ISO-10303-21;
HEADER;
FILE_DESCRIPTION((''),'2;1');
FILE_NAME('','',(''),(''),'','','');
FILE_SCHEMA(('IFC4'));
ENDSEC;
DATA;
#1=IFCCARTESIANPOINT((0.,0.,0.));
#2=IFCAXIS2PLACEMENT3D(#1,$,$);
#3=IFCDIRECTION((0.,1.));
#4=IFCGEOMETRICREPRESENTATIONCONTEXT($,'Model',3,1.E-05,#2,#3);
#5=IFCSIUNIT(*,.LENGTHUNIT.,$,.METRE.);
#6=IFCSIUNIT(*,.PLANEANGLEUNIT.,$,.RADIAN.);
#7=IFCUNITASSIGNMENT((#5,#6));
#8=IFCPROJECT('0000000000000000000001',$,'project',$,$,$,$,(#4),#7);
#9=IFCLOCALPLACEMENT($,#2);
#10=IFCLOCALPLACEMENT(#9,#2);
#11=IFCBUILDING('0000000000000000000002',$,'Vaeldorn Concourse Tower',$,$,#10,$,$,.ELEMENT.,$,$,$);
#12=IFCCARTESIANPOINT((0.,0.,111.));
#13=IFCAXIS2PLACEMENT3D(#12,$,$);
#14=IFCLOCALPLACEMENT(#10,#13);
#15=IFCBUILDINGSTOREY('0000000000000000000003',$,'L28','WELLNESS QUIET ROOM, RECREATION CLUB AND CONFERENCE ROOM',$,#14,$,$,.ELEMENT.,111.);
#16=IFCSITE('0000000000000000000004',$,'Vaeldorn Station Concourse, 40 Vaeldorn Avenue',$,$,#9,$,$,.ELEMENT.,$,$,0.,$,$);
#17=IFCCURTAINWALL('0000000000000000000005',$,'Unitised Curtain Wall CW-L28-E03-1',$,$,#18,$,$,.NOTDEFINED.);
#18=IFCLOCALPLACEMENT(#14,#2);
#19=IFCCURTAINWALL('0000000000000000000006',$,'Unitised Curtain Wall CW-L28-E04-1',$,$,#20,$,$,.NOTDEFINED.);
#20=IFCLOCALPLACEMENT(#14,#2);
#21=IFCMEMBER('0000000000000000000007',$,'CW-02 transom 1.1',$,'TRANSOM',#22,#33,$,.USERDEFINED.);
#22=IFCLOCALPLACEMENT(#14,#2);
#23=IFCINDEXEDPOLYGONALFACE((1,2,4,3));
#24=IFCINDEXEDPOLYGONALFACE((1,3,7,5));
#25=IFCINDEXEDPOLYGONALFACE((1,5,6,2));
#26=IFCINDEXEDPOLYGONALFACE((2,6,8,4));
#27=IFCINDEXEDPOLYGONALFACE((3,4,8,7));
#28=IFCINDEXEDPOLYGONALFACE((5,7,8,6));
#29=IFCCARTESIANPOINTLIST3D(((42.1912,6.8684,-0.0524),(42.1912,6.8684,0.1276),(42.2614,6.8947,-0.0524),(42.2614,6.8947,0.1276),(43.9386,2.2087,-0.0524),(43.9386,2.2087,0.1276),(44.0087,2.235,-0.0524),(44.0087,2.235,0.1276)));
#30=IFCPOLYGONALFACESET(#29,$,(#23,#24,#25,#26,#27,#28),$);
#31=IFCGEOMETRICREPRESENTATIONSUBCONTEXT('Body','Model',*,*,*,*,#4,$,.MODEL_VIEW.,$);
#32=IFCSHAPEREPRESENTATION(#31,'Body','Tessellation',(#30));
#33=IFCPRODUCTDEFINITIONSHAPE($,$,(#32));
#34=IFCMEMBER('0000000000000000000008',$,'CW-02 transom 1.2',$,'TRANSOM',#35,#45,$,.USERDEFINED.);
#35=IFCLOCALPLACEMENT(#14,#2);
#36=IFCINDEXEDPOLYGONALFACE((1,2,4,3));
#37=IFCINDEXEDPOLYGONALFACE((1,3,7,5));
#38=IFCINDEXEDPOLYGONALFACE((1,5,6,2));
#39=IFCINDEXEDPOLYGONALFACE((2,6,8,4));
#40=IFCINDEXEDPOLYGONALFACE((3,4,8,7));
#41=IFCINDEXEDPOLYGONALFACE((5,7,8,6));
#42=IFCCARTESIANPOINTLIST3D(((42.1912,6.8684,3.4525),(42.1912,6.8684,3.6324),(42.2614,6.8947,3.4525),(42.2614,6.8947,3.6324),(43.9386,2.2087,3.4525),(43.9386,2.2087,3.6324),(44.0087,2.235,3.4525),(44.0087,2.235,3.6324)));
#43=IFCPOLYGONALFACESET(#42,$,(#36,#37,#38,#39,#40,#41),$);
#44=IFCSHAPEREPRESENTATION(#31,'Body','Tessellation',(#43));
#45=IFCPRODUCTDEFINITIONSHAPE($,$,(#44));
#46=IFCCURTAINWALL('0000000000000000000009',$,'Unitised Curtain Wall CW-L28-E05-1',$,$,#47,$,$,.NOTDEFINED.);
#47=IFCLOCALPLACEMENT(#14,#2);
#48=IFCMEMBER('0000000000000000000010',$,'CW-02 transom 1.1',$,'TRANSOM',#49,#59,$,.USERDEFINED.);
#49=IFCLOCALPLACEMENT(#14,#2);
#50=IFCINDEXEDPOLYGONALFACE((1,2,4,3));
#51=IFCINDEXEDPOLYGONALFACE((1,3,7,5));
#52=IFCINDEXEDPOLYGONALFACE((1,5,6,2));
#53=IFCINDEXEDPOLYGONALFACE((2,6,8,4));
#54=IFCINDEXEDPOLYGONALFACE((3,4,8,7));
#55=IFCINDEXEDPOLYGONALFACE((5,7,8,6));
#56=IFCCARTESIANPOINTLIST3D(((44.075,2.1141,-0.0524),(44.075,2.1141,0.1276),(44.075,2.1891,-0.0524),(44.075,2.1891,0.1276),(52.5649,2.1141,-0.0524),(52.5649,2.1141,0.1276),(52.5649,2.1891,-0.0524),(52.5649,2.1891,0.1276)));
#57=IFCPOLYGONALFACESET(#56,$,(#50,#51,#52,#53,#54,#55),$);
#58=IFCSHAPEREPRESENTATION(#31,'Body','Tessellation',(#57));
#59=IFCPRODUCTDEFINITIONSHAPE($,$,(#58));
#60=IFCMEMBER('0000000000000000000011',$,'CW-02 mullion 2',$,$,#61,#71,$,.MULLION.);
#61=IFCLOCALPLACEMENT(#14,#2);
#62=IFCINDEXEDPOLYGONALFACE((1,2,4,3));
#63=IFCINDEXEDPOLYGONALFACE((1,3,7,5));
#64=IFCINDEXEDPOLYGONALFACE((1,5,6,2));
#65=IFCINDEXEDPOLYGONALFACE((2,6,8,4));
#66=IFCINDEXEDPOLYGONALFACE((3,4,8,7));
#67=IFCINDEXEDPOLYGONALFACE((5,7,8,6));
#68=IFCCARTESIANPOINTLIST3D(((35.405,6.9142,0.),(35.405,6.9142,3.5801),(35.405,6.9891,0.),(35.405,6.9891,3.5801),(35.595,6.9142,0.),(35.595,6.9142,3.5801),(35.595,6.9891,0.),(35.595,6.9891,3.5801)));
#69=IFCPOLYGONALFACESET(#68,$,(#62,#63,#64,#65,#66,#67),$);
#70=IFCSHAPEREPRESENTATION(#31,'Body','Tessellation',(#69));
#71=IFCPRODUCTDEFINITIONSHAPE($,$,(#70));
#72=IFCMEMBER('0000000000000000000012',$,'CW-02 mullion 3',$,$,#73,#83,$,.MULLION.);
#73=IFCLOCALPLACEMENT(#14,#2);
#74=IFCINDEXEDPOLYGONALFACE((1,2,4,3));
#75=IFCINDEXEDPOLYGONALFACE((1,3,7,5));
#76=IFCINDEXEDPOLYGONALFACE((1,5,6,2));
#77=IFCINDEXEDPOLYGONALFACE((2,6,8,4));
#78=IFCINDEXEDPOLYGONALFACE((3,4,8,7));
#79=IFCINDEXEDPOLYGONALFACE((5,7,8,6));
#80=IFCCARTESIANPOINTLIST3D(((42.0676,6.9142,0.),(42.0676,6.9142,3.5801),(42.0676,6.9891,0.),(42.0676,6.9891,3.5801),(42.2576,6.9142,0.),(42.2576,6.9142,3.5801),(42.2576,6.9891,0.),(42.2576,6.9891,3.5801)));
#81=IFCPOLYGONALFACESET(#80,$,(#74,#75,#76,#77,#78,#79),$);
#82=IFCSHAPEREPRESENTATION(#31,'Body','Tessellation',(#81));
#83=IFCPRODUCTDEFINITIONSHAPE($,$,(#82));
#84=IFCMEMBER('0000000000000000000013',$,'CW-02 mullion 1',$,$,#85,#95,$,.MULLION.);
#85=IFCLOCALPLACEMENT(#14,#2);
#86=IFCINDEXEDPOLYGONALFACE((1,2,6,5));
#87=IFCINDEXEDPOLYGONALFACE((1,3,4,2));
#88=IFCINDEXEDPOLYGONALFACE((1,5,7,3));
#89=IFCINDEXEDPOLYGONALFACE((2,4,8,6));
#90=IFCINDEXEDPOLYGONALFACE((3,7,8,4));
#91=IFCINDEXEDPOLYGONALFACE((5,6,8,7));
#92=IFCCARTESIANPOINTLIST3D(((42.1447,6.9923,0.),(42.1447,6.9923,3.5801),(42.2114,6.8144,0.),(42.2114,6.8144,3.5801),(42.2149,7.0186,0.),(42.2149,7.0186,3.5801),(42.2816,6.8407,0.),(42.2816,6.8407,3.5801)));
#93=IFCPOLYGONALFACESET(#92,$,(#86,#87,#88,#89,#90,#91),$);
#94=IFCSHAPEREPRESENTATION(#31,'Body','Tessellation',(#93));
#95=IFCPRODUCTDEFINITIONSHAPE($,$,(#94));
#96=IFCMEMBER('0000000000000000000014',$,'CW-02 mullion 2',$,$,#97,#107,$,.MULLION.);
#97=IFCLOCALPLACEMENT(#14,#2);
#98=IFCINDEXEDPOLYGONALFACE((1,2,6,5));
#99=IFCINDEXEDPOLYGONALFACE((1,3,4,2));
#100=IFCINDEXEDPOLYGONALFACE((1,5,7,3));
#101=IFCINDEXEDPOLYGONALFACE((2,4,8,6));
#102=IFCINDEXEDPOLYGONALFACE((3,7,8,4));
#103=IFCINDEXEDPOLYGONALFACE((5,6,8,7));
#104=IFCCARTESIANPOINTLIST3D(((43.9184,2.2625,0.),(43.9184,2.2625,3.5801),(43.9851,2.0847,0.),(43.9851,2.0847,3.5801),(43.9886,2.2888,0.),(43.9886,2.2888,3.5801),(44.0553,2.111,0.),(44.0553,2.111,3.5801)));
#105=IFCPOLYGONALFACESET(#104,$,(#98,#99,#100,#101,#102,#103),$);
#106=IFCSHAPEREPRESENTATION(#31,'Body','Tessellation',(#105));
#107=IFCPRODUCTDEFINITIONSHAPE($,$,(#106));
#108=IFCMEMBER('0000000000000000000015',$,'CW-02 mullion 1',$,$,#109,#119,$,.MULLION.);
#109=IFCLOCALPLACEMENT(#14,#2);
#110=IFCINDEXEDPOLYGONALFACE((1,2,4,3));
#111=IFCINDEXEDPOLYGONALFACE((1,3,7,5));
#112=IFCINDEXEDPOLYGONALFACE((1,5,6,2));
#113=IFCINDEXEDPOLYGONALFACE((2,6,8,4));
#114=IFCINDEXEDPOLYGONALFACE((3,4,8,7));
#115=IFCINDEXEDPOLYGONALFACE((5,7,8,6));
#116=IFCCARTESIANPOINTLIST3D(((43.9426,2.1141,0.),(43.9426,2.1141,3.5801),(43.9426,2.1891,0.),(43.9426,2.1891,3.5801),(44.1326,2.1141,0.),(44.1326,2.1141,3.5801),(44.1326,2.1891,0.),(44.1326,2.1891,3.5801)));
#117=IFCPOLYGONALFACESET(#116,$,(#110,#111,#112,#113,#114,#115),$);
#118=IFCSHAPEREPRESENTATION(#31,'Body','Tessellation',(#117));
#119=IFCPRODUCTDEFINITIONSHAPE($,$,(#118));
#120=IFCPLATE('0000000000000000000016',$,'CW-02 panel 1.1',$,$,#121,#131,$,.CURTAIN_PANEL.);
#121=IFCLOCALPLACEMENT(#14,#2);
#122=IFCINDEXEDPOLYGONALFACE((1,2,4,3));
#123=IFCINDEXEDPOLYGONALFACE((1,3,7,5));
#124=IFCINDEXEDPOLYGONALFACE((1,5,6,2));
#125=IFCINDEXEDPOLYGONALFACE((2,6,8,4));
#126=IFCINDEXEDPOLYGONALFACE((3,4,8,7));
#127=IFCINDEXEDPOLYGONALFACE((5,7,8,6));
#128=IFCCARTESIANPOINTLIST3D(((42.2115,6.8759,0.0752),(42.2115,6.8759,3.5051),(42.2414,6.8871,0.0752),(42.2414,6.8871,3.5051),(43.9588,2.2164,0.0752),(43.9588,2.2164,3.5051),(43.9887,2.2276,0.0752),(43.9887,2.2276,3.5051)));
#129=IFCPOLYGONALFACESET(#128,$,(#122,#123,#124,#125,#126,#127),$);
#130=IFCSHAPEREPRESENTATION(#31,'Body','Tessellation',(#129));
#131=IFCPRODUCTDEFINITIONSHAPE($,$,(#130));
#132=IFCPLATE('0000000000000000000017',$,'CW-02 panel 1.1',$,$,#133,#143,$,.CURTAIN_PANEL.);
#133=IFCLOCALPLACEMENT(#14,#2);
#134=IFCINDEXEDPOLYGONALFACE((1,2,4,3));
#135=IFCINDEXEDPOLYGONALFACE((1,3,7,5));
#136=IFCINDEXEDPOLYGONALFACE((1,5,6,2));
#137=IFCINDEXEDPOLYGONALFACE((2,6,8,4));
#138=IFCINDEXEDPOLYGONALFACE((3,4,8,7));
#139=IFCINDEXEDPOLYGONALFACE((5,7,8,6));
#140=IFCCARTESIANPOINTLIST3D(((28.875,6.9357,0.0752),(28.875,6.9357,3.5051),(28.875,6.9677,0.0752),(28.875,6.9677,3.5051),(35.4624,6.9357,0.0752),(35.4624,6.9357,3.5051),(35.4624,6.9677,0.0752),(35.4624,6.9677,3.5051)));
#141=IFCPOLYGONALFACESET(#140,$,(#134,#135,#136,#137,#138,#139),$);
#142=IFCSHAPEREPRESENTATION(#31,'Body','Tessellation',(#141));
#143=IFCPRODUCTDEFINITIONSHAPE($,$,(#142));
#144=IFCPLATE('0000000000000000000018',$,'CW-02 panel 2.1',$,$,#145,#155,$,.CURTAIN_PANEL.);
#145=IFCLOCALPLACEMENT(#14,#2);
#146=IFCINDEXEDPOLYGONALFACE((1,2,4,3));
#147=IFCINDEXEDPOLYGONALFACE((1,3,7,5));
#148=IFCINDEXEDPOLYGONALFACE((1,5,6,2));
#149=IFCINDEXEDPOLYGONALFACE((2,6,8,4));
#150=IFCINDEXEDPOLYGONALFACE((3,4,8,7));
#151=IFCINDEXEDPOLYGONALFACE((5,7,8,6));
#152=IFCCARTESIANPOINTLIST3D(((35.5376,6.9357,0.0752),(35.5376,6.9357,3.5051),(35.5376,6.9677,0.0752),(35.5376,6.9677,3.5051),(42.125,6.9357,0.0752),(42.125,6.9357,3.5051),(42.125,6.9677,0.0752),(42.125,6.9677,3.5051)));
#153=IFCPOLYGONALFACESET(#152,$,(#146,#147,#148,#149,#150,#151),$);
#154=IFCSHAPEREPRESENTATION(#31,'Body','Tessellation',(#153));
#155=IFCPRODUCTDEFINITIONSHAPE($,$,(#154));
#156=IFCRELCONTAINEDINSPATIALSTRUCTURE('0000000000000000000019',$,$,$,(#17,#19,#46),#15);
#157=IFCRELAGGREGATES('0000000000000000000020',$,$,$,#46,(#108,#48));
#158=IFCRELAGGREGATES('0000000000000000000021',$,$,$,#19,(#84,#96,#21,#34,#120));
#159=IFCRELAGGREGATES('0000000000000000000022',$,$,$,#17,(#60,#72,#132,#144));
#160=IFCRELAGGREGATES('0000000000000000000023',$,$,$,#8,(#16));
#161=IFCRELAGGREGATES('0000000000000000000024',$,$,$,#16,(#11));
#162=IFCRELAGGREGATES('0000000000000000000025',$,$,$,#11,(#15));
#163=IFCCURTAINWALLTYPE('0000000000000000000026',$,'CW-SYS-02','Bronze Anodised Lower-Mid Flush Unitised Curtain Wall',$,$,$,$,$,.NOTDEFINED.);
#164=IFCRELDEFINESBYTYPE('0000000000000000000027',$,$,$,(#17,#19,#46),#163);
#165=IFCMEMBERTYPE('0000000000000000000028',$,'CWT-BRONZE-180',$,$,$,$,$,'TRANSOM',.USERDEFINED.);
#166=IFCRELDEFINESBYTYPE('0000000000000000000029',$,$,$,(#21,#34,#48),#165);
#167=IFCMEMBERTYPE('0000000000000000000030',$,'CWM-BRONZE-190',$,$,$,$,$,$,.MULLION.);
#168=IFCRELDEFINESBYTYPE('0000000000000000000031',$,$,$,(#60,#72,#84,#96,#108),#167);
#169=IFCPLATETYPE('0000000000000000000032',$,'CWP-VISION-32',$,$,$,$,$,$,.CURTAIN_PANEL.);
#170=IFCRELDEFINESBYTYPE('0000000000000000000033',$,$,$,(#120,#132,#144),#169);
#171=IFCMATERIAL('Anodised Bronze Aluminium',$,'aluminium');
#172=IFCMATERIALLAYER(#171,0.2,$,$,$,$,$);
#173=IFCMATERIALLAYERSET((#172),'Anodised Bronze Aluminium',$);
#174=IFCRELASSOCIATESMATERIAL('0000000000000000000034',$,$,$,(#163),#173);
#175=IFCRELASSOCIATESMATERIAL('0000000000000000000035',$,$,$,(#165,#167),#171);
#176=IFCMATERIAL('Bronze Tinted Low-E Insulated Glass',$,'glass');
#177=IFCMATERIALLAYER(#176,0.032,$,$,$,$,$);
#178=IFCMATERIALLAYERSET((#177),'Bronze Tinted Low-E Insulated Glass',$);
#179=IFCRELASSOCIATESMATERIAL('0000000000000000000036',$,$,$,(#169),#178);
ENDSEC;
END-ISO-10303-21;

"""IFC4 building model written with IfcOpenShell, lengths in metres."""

from ifc_helpers import new_model, si_unit, direction, frame, origin, origin_2d, place, context, subcontext, project, spatial, rectangle, extrude, source, transform, mapped, material, layer, layer_set, material_profile, profile_set, type_object, element, aggregate, save


model = new_model("IFC4")

# Units and contexts
model_context = context("Model", 3, precision=1e-05, world=origin(), true_north=direction((0.0, 1.0)))
body_context = subcontext(model_context, "Body", "Model", "MODEL_VIEW")
ifc_project = project(units=[si_unit("LENGTHUNIT", "METRE"), si_unit("PLANEANGLEUNIT", "RADIAN")], contexts=[model_context])

# Site, building, storey
site_placement = place(None, origin())
site = spatial("IfcSite", under=ifc_project, at=site_placement, Name="Vaeldorn Station Concourse, 40 Vaeldorn Avenue", CompositionType="ELEMENT", RefElevation=0.0)
building_placement = place(site_placement, origin())
building = spatial("IfcBuilding", under=site, at=building_placement, Name="Vaeldorn Concourse Tower", CompositionType="ELEMENT")
storey_placement = place(building_placement, frame((0.0, 0.0, 111.0)))
storey = spatial("IfcBuildingStorey", under=building, at=storey_placement, Name="L28", Description="WELLNESS QUIET ROOM, RECREATION CLUB AND CONFERENCE ROOM", CompositionType="ELEMENT", Elevation=111.0)

# Curtain walls, members
ifc_material_1 = material(Name="Anodised Bronze Aluminium", Category="aluminium")
ifc_layer_1 = layer(ifc_material_1, 0.2)
ifc_layer_set_1 = layer_set([ifc_layer_1], Name="Anodised Bronze Aluminium")
curtain_wall_type = type_object("IfcCurtainWallType", Name="CW-SYS-02", Description="Bronze Anodised Lower-Mid Flush Unitised Curtain Wall", PredefinedType="NOTDEFINED", material=ifc_layer_set_1)
curtain_wall_1_placement = place(storey_placement, origin())
curtain_wall_1 = element("IfcCurtainWall", 1, at=curtain_wall_1_placement, inside=storey, type_object=curtain_wall_type, Name="Unitised Curtain Wall CW-L28-E03-1", PredefinedType="NOTDEFINED")
ifc_material_profile_1 = material_profile(ifc_material_1, rectangle(XDim=0.075, YDim=0.1799, at=origin_2d()), Name="CWT 75x180")
ifc_profile_set_1 = profile_set([ifc_material_profile_1], Name="Anodised Bronze Aluminium")
member_type_1 = type_object("IfcMemberType", Name="CWT-BRONZE-180", ElementType="TRANSOM", PredefinedType="USERDEFINED", material=ifc_profile_set_1)
curtain_wall_2_placement = place(storey_placement, origin())
curtain_wall_2 = element("IfcCurtainWall", 2, at=curtain_wall_2_placement, inside=storey, type_object=curtain_wall_type, Name="Unitised Curtain Wall CW-L28-E04-1", PredefinedType="NOTDEFINED")
shared_shape_1 = source(origin(), body_context, "Body", "SweptSolid", [
    extrude(rectangle(XDim=0.075, YDim=0.1799, at=origin_2d()), origin(), (0.0, 0.0, 1.0), 4.9766),
])
member_1_placement = place(storey_placement, frame((42.2263, 6.8816, 0.0376), z_axis=(0.351113, -0.936333, 0.0), x_axis=(0.936333, 0.351113, 0.0)))
member_1 = element("IfcMember", 3, at=member_1_placement, type_object=member_type_1, Name="CW-02 transom 1.1", ObjectType="TRANSOM", PredefinedType="USERDEFINED", context=body_context, shape_type="MappedRepresentation", body=[
    mapped(shared_shape_1, transform((0.0, 0.0, 0.0), scale=1.0)),
])
member_2_placement = place(storey_placement, frame((42.2263, 6.8816, 3.5425), z_axis=(0.351113, -0.936333, 0.0), x_axis=(0.936333, 0.351113, 0.0)))
member_2 = element("IfcMember", 4, at=member_2_placement, type_object=member_type_1, Name="CW-02 transom 1.2", ObjectType="TRANSOM", PredefinedType="USERDEFINED", context=body_context, shape_type="MappedRepresentation", body=[
    mapped(shared_shape_1, transform((0.0, 0.0, 0.0), scale=1.0)),
])

# Curtain wall, member
curtain_wall_3_placement = place(storey_placement, origin())
curtain_wall_3 = element("IfcCurtainWall", 5, at=curtain_wall_3_placement, inside=storey, type_object=curtain_wall_type, Name="Unitised Curtain Wall CW-L28-E05-1", PredefinedType="NOTDEFINED")
shared_shape_2 = source(origin(), body_context, "Body", "SweptSolid", [
    extrude(rectangle(XDim=0.075, YDim=0.1799, at=origin_2d()), origin(), (0.0, 0.0, 1.0), 8.49),
])
member_3_placement = place(storey_placement, frame((44.075, 2.1516, 0.0376), z_axis=(1.0, 0.0, 0.0), x_axis=(0.0, 1.0, 0.0)))
member_3 = element("IfcMember", 6, at=member_3_placement, type_object=member_type_1, Name="CW-02 transom 1.1", ObjectType="TRANSOM", PredefinedType="USERDEFINED", context=body_context, shape_type="MappedRepresentation", body=[
    mapped(shared_shape_2, transform((0.0, 0.0, 0.0), scale=1.0)),
])

# Members
ifc_material_profile_2 = material_profile(ifc_material_1, rectangle(XDim=0.075, YDim=0.1899, at=origin_2d()), Name="CWM 75x190")
ifc_profile_set_2 = profile_set([ifc_material_profile_2], Name="Anodised Bronze Aluminium")
member_type_2 = type_object("IfcMemberType", Name="CWM-BRONZE-190", PredefinedType="MULLION", material=ifc_profile_set_2)
shared_shape_3 = source(origin(), body_context, "Body", "SweptSolid", [
    extrude(rectangle(XDim=0.075, YDim=0.1899, at=origin_2d()), origin(), (0.0, 0.0, 1.0), 3.5801),
])
member_4_placement = place(storey_placement, frame((35.5, 6.9517, 0.0), z_axis=(0.0, 0.0, 1.0), x_axis=(0.0, 1.0, 0.0)))
member_4 = element("IfcMember", 7, at=member_4_placement, type_object=member_type_2, Name="CW-02 mullion 2", PredefinedType="MULLION", context=body_context, shape_type="MappedRepresentation", body=[
    mapped(shared_shape_3, transform((0.0, 0.0, 0.0), scale=1.0)),
])
member_5_placement = place(storey_placement, frame((42.1626, 6.9517, 0.0), z_axis=(0.0, 0.0, 1.0), x_axis=(0.0, 1.0, 0.0)))
member_5 = element("IfcMember", 8, at=member_5_placement, type_object=member_type_2, Name="CW-02 mullion 3", PredefinedType="MULLION", context=body_context, shape_type="MappedRepresentation", body=[
    mapped(shared_shape_3, transform((0.0, 0.0, 0.0), scale=1.0)),
])
member_6_placement = place(storey_placement, frame((42.2131, 6.9165, 0.0), z_axis=(0.0, 0.0, 1.0), x_axis=(0.936329, 0.351123, 0.0)))
member_6 = element("IfcMember", 9, at=member_6_placement, type_object=member_type_2, Name="CW-02 mullion 1", PredefinedType="MULLION", context=body_context, shape_type="MappedRepresentation", body=[
    mapped(shared_shape_3, transform((0.0, 0.0, 0.0), scale=1.0)),
])
member_7_placement = place(storey_placement, frame((43.9868, 2.1868, 0.0), z_axis=(0.0, 0.0, 1.0), x_axis=(0.936329, 0.351123, 0.0)))
member_7 = element("IfcMember", 10, at=member_7_placement, type_object=member_type_2, Name="CW-02 mullion 2", PredefinedType="MULLION", context=body_context, shape_type="MappedRepresentation", body=[
    mapped(shared_shape_3, transform((0.0, 0.0, 0.0), scale=1.0)),
])
member_8_placement = place(storey_placement, frame((44.0376, 2.1516, 0.0), z_axis=(0.0, 0.0, 1.0), x_axis=(0.0, 1.0, 0.0)))
member_8 = element("IfcMember", 11, at=member_8_placement, type_object=member_type_2, Name="CW-02 mullion 1", PredefinedType="MULLION", context=body_context, shape_type="MappedRepresentation", body=[
    mapped(shared_shape_3, transform((0.0, 0.0, 0.0), scale=1.0)),
])
aggregate(curtain_wall_3, [member_8, member_3])

# Plates
ifc_material_2 = material(Name="Bronze Tinted Low-E Insulated Glass", Category="glass")
ifc_layer_2 = layer(ifc_material_2, 0.032)
ifc_layer_set_2 = layer_set([ifc_layer_2], Name="Bronze Tinted Low-E Insulated Glass")
plate_type = type_object("IfcPlateType", Name="CWP-VISION-32", PredefinedType="CURTAIN_PANEL", material=ifc_layer_set_2)
shared_shape_4 = source(origin(), body_context, "Body", "SweptSolid", [
    extrude(rectangle(XDim=4.9763, YDim=0.032, at=origin_2d()), origin(), (0.0, 0.0, 1.0), 3.4299),
])
plate_1_placement = place(storey_placement, frame((43.1001, 4.5518, 0.0752), z_axis=(0.0, 0.0, 1.0), x_axis=(0.351123, -0.936329, 0.0)))
plate_1 = element("IfcPlate", 12, at=plate_1_placement, type_object=plate_type, Name="CW-02 panel 1.1", PredefinedType="CURTAIN_PANEL", context=body_context, shape_type="MappedRepresentation", body=[
    mapped(shared_shape_4, transform((0.0, 0.0, 0.0), scale=1.0)),
])
aggregate(curtain_wall_2, [member_6, member_7, member_1, member_2, plate_1])
shared_shape_5 = source(origin(), body_context, "Body", "SweptSolid", [
    extrude(rectangle(XDim=6.5874, YDim=0.032, at=origin_2d()), origin(), (0.0, 0.0, 1.0), 3.4299),
])
plate_2_placement = place(storey_placement, frame((32.1687, 6.9517, 0.0752), z_axis=(0.0, 0.0, 1.0), x_axis=(1.0, 0.0, 0.0)))
plate_2 = element("IfcPlate", 13, at=plate_2_placement, type_object=plate_type, Name="CW-02 panel 1.1", PredefinedType="CURTAIN_PANEL", context=body_context, shape_type="MappedRepresentation", body=[
    mapped(shared_shape_5, transform((0.0, 0.0, 0.0), scale=1.0)),
])
plate_3_placement = place(storey_placement, frame((38.8313, 6.9517, 0.0752), z_axis=(0.0, 0.0, 1.0), x_axis=(1.0, 0.0, 0.0)))
plate_3 = element("IfcPlate", 14, at=plate_3_placement, type_object=plate_type, Name="CW-02 panel 2.1", PredefinedType="CURTAIN_PANEL", context=body_context, shape_type="MappedRepresentation", body=[
    mapped(shared_shape_5, transform((0.0, 0.0, 0.0), scale=1.0)),
])
aggregate(curtain_wall_1, [member_4, member_5, plate_2, plate_3])

save(model, "model.ifc")
